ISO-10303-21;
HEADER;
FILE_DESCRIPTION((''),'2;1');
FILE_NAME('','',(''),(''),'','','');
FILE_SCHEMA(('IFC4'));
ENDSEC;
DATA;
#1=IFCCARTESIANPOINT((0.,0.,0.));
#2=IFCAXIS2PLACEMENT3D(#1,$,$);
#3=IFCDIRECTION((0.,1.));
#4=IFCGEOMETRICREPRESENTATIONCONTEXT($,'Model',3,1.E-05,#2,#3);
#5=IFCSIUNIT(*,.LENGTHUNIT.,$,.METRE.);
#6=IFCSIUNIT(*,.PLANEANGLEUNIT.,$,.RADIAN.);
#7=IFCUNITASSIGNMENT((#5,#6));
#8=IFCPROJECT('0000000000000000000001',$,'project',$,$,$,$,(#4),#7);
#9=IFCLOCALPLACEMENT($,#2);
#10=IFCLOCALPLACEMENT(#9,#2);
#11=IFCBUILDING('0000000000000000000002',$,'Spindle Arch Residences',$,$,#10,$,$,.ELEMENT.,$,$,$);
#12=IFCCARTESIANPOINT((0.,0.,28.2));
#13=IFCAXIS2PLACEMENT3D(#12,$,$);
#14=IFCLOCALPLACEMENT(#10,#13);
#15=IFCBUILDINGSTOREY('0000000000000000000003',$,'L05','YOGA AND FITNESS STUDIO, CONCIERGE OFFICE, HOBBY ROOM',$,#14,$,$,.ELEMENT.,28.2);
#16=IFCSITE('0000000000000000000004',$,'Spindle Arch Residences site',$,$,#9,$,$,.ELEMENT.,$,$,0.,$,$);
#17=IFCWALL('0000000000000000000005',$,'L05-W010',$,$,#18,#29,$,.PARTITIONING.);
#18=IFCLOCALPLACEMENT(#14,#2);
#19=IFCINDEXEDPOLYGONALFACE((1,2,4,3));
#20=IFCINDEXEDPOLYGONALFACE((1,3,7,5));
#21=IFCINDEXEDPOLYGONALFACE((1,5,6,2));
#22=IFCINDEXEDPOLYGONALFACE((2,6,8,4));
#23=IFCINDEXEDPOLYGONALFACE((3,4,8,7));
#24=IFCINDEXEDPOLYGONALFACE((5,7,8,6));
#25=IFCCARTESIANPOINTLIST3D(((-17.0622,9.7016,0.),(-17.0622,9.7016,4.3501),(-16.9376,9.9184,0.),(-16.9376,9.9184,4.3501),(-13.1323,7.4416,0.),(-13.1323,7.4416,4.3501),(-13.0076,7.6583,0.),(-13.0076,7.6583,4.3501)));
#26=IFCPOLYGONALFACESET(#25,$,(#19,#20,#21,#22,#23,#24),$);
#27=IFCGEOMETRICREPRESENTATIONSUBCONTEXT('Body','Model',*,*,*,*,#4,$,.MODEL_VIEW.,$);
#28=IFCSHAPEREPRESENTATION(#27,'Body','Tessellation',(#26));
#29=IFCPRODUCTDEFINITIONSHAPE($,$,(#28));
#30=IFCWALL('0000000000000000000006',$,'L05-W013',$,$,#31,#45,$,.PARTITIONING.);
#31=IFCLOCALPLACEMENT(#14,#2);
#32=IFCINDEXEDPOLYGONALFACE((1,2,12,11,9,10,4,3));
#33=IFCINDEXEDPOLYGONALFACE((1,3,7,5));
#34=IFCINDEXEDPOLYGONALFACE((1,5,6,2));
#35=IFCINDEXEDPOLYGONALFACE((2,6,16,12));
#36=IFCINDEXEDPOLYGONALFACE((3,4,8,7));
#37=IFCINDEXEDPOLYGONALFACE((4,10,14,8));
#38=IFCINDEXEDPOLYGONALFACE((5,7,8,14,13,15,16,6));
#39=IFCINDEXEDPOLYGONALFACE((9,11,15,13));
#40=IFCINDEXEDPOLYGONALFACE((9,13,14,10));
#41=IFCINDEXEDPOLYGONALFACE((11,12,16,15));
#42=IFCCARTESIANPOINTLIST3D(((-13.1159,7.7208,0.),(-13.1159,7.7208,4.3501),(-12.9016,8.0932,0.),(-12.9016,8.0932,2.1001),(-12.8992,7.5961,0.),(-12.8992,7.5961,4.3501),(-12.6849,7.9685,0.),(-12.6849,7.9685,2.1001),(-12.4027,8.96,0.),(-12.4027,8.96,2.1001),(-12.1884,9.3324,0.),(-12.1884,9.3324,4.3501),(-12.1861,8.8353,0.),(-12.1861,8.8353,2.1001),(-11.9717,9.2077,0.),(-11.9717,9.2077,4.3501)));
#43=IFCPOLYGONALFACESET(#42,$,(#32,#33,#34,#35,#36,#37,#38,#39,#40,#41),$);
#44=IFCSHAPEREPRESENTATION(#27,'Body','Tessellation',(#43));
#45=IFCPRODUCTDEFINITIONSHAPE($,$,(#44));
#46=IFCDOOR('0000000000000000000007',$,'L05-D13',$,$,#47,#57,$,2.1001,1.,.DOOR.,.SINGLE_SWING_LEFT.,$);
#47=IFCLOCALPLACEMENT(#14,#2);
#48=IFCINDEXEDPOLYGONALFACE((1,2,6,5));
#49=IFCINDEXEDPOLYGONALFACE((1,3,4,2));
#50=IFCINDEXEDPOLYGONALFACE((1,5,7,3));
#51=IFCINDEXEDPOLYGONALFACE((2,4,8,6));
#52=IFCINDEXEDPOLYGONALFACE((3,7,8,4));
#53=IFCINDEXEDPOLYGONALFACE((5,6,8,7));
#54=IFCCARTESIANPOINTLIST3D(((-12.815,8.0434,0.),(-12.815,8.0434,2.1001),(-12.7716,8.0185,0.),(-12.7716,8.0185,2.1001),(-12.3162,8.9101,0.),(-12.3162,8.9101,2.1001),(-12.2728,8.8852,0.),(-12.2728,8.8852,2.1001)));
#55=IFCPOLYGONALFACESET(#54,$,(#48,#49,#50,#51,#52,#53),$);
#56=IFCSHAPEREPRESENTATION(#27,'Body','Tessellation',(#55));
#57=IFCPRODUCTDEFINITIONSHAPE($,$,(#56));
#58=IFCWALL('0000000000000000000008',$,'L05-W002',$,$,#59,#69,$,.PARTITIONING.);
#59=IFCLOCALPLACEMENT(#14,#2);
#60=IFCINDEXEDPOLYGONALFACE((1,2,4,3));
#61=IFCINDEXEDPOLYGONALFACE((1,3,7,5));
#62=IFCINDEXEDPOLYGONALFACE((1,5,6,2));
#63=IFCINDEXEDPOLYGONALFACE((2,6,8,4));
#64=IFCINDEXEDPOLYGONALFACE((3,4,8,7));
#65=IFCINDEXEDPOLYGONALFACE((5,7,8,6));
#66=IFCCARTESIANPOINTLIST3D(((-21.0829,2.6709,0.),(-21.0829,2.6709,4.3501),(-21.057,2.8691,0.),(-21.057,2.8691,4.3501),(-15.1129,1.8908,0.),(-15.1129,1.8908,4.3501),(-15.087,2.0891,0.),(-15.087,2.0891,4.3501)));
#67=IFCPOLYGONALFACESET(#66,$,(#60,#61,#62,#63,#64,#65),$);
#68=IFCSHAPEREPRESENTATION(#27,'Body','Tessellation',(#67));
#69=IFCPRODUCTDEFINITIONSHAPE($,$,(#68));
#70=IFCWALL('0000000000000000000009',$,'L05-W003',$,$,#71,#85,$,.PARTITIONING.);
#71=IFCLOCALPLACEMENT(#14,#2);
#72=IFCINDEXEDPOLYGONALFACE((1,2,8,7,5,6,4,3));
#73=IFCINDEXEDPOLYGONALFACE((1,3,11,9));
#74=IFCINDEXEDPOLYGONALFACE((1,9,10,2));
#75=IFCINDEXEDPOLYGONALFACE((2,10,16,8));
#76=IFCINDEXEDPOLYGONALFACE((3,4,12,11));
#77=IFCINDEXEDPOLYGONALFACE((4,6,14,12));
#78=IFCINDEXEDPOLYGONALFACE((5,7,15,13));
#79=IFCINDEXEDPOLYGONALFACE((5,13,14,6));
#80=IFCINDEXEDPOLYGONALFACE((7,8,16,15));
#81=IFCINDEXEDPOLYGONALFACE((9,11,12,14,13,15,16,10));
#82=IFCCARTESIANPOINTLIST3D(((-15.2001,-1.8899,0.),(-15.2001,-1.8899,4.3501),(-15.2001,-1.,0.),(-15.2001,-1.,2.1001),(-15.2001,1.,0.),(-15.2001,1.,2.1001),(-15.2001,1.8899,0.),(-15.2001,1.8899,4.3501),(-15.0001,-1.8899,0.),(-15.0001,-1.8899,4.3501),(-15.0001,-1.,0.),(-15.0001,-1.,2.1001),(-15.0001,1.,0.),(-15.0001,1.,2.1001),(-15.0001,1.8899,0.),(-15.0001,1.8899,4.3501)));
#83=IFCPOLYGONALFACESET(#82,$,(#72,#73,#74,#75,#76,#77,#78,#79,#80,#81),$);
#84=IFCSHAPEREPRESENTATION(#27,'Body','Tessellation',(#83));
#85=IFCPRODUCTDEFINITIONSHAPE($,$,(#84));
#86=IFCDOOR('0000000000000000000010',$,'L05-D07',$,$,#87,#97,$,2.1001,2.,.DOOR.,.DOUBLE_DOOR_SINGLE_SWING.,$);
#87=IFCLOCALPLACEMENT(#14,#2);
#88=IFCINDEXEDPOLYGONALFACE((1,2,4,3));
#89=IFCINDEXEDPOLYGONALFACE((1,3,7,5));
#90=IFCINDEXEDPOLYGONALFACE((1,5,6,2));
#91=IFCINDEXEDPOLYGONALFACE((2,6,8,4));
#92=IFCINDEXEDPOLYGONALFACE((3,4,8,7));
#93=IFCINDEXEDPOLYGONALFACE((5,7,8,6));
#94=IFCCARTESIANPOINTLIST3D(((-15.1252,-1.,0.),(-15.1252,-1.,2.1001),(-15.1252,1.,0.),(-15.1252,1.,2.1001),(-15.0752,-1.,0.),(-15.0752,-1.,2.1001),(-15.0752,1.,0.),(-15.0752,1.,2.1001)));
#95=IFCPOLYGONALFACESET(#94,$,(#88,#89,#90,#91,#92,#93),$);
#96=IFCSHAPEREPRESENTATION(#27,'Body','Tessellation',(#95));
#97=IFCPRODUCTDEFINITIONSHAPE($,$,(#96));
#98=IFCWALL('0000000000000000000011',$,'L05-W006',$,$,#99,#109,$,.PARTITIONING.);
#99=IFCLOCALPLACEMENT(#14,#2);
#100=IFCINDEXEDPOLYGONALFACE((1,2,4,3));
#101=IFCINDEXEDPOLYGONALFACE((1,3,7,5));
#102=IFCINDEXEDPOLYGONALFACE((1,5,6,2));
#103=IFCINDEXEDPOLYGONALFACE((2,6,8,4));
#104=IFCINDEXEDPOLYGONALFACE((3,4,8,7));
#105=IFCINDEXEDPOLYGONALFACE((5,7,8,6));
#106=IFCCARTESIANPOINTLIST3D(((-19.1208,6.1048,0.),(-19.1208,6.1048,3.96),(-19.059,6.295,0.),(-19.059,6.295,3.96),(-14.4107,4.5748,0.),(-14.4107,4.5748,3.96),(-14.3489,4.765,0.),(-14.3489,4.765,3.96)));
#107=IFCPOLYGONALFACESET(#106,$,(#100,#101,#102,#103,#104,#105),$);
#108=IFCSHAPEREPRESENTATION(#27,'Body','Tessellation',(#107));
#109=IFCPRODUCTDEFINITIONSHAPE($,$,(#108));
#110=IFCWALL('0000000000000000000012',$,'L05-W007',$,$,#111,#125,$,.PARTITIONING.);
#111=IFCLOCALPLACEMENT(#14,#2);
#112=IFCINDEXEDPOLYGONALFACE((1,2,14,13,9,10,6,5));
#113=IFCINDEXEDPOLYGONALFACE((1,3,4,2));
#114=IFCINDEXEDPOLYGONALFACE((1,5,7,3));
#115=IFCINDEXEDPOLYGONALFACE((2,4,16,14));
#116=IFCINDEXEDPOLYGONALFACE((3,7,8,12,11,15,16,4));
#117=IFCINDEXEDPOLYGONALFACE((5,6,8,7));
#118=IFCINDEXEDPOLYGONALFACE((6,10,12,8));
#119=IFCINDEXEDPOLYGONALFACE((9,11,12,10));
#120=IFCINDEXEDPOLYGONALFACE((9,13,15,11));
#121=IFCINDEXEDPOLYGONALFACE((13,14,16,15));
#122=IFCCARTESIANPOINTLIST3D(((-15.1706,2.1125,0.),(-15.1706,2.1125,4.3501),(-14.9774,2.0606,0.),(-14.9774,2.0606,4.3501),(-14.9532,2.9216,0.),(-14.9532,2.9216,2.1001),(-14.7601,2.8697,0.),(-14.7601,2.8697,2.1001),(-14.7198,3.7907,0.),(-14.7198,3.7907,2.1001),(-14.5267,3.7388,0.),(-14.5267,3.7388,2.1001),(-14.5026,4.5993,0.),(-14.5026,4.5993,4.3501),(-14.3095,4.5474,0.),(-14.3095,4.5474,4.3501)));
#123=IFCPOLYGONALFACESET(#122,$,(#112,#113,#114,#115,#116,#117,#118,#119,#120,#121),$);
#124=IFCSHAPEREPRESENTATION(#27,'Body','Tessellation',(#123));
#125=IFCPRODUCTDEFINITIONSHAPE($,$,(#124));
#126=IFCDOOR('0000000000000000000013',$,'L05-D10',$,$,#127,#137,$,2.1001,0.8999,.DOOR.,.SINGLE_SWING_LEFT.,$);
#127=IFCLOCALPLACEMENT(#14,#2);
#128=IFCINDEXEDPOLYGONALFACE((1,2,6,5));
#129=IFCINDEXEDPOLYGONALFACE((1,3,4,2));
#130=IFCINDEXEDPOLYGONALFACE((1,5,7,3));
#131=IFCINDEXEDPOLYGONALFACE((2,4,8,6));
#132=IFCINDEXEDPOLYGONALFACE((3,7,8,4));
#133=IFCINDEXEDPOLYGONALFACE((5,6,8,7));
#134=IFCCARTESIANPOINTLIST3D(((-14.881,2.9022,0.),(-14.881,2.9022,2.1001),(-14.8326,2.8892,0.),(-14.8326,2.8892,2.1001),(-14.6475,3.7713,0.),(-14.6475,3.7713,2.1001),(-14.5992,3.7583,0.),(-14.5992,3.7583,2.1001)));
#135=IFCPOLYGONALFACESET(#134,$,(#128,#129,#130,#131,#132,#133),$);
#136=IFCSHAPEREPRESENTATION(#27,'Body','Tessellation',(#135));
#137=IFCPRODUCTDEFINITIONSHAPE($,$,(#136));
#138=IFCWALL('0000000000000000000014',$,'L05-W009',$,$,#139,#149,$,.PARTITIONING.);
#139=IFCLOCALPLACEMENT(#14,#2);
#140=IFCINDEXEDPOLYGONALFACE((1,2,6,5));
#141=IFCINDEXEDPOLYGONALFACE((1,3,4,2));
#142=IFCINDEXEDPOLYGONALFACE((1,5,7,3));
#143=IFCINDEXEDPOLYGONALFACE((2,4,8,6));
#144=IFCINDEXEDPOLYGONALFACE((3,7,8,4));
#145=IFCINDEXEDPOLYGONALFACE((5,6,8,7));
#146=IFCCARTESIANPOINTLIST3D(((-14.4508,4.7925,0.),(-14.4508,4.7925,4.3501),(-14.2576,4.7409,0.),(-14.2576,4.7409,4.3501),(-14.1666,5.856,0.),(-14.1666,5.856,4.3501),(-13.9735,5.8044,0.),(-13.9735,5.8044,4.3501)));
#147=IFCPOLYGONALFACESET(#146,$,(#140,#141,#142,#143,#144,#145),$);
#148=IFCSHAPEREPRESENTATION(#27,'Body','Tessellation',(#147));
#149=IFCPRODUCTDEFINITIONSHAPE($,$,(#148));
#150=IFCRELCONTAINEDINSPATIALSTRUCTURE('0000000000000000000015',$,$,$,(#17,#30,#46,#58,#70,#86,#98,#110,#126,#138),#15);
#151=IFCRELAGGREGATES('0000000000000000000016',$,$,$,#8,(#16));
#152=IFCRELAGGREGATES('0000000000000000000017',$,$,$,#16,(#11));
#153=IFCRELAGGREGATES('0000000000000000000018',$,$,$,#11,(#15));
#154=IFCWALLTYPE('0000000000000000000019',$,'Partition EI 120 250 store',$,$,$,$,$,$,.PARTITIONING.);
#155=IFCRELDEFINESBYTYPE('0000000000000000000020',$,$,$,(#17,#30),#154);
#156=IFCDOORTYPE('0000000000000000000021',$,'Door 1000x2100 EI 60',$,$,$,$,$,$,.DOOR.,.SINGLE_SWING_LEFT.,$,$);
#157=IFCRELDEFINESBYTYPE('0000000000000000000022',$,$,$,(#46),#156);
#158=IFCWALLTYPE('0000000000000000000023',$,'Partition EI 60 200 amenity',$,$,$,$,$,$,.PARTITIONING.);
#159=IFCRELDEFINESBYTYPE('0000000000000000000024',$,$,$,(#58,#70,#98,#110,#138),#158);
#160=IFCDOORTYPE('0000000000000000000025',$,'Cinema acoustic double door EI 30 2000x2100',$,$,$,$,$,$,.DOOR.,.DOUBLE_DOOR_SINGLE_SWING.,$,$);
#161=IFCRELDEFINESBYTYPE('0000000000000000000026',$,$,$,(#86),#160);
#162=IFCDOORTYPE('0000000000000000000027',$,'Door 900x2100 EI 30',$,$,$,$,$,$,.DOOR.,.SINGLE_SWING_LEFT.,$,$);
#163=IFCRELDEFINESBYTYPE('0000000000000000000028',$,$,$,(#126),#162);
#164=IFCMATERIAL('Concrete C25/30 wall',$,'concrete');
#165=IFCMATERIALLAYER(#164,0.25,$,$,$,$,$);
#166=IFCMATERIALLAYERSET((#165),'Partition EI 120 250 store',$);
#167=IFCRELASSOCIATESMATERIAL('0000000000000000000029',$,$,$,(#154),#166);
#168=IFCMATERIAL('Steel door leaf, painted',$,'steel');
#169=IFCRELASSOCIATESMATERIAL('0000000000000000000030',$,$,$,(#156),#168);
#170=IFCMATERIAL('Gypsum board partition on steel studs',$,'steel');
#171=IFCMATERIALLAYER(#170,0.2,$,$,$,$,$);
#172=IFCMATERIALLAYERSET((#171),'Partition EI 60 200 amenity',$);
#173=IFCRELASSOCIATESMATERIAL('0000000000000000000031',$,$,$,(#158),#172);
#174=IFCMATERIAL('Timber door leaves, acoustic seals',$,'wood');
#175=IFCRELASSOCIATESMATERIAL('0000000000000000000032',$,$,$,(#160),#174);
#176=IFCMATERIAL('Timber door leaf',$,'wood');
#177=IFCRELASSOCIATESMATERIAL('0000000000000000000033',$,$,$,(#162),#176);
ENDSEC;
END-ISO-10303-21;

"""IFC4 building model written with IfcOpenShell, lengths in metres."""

from ifc_helpers import new_model, si_unit, direction, frame, frame_2d, origin, place, context, subcontext, project, spatial, rectangle, extrude, material, layer, layer_set, type_object, element, fill, save


model = new_model("IFC4")

# Units and contexts
model_context = context("Model", 3, precision=1e-05, world=origin(), true_north=direction((0.0, 1.0)))
body_context = subcontext(model_context, "Body", "Model", "MODEL_VIEW")
ifc_project = project(units=[si_unit("LENGTHUNIT", "METRE"), si_unit("PLANEANGLEUNIT", "RADIAN")], contexts=[model_context])

# Site, building, storey
site_placement = place(None, origin())
site = spatial("IfcSite", under=ifc_project, at=site_placement, Name="Spindle Arch Residences site", CompositionType="ELEMENT", RefElevation=0.0)
building_placement = place(site_placement, origin())
building = spatial("IfcBuilding", under=site, at=building_placement, Name="Spindle Arch Residences", CompositionType="ELEMENT")
storey_placement = place(building_placement, frame((0.0, 0.0, 28.2)))
storey = spatial("IfcBuildingStorey", under=building, at=storey_placement, Name="L05", Description="YOGA AND FITNESS STUDIO, CONCIERGE OFFICE, HOBBY ROOM", CompositionType="ELEMENT", Elevation=28.2)

# Wall
ifc_material_1 = material(Name="Concrete C25/30 wall", Category="concrete")
ifc_layer_1 = layer(ifc_material_1, 0.25)
ifc_layer_set_1 = layer_set([ifc_layer_1], Name="Partition EI 120 250 store")
wall_type_1 = type_object("IfcWallType", Name="Partition EI 120 250 store", PredefinedType="PARTITIONING", material=ifc_layer_set_1)
wall_1_placement = place(storey_placement, frame((-13.0701, 7.55, 0.0), z_axis=(0.0, 0.0, 1.0), x_axis=(-0.866878, 0.498521, 0.0)))
element("IfcWall", 1, at=wall_1_placement, inside=storey, type_object=wall_type_1, Name="L05-W010", PredefinedType="PARTITIONING", context=body_context, shape_type="SweptSolid", body=[
    extrude(rectangle(XDim=4.5334, YDim=0.25, at=frame_2d((2.2666, 0.0))), origin(), (0.0, 0.0, 1.0), 4.3501),
])

# Wall, opening, door
wall_2_placement = place(storey_placement, frame((-12.0801, 9.27, 0.0), z_axis=(0.0, 0.0, 1.0), x_axis=(-0.498809, -0.866712, 0.0)))
wall_2 = element("IfcWall", 2, at=wall_2_placement, inside=storey, type_object=wall_type_1, Name="L05-W013", PredefinedType="PARTITIONING", context=body_context, shape_type="SweptSolid", body=[
    extrude(rectangle(XDim=1.8594, YDim=0.25, at=frame_2d((0.9297, 0.0))), origin(), (0.0, 0.0, 1.0), 4.3501),
])
opening_1_placement = place(wall_2_placement, frame((0.4297, 0.0, 0.0)))
opening_1 = element("IfcOpeningElement", 3, at=opening_1_placement, cuts=wall_2, PredefinedType="OPENING", context=body_context, shape_type="SweptSolid", body=[
    extrude(rectangle(XDim=1.0, YDim=2.1001, at=frame_2d((0.5, 1.05))), frame((0.0, 0.135, 0.0), z_axis=(0.0, -1.0, 0.0), x_axis=(1.0, 0.0, 0.0)), (0.0, 0.0, 1.0), 0.27),
])
ifc_material_2 = material(Name="Steel door leaf, painted", Category="steel")
door_type_1 = type_object("IfcDoorType", Name="Door 1000x2100 EI 60", OperationType="SINGLE_SWING_LEFT", PredefinedType="DOOR", material=ifc_material_2)
door_1_placement = place(opening_1_placement, origin())
door_1 = element("IfcDoor", 4, at=door_1_placement, inside=storey, type_object=door_type_1, Name="L05-D13", OperationType="SINGLE_SWING_LEFT", OverallHeight=2.1001, OverallWidth=1.0, PredefinedType="DOOR", context=body_context, shape_type="SweptSolid", body=[
    extrude(rectangle(XDim=1.0, YDim=2.1001, at=frame_2d((0.5, 1.05))), frame((0.0, 0.0249, 0.0), z_axis=(0.0, -1.0, 0.0), x_axis=(1.0, 0.0, 0.0)), (0.0, 0.0, 1.0), 0.05),
])
fill(opening_1, door_1)

# Wall
ifc_material_3 = material(Name="Gypsum board partition on steel studs", Category="steel")
ifc_layer_2 = layer(ifc_material_3, 0.2)
ifc_layer_set_2 = layer_set([ifc_layer_2], Name="Partition EI 60 200 amenity")
wall_type_2 = type_object("IfcWallType", Name="Partition EI 60 200 amenity", PredefinedType="PARTITIONING", material=ifc_layer_set_2)
wall_3_placement = place(storey_placement, frame((-15.1001, 1.99, 0.0), z_axis=(0.0, 0.0, 1.0), x_axis=(-0.991572, 0.129558, 0.0)))
element("IfcWall", 5, at=wall_3_placement, inside=storey, type_object=wall_type_2, Name="L05-W002", PredefinedType="PARTITIONING", context=body_context, shape_type="SweptSolid", body=[
    extrude(rectangle(XDim=6.0208, YDim=0.2, at=frame_2d((3.0103, 0.0))), origin(), (0.0, 0.0, 1.0), 4.3501),
])

# Wall, opening, door
wall_4_placement = place(storey_placement, frame((-15.1001, 1.8899, 0.0), z_axis=(0.0, 0.0, 1.0), x_axis=(0.0, -1.0, 0.0)))
wall_4 = element("IfcWall", 6, at=wall_4_placement, inside=storey, type_object=wall_type_2, Name="L05-W003", PredefinedType="PARTITIONING", context=body_context, shape_type="SweptSolid", body=[
    extrude(rectangle(XDim=3.7798, YDim=0.2, at=frame_2d((1.8899, 0.0))), origin(), (0.0, 0.0, 1.0), 4.3501),
])
opening_2_placement = place(wall_4_placement, frame((0.8899, 0.0, 0.0)))
opening_2 = element("IfcOpeningElement", 7, at=opening_2_placement, cuts=wall_4, PredefinedType="OPENING", context=body_context, shape_type="SweptSolid", body=[
    extrude(rectangle(XDim=2.0, YDim=2.1001, at=frame_2d((1.0, 1.05))), frame((0.0, 0.1099, 0.0), z_axis=(0.0, -1.0, 0.0), x_axis=(1.0, 0.0, 0.0)), (0.0, 0.0, 1.0), 0.22),
])
ifc_material_4 = material(Name="Timber door leaves, acoustic seals", Category="wood")
door_type_2 = type_object("IfcDoorType", Name="Cinema acoustic double door EI 30 2000x2100", OperationType="DOUBLE_DOOR_SINGLE_SWING", PredefinedType="DOOR", material=ifc_material_4)
door_2_placement = place(opening_2_placement, origin())
door_2 = element("IfcDoor", 8, at=door_2_placement, inside=storey, type_object=door_type_2, Name="L05-D07", OperationType="DOUBLE_DOOR_SINGLE_SWING", OverallHeight=2.1001, OverallWidth=2.0, PredefinedType="DOOR", context=body_context, shape_type="SweptSolid", body=[
    extrude(rectangle(XDim=2.0, YDim=2.1001, at=frame_2d((1.0, 1.05))), frame((0.0, 0.0249, 0.0), z_axis=(0.0, -1.0, 0.0), x_axis=(1.0, 0.0, 0.0)), (0.0, 0.0, 1.0), 0.05),
])
fill(opening_2, door_2)

# Wall
wall_5_placement = place(storey_placement, frame((-14.3799, 4.6699, 0.0), z_axis=(0.0, 0.0, 1.0), x_axis=(-0.951081, 0.308942, 0.0)))
element("IfcWall", 9, at=wall_5_placement, inside=storey, type_object=wall_type_2, Name="L05-W006", PredefinedType="PARTITIONING", context=body_context, shape_type="SweptSolid", body=[
    extrude(rectangle(XDim=4.9524, YDim=0.2, at=frame_2d((2.4761, 0.0))), origin(), (0.0, 0.0, 1.0), 3.96),
])

# Wall, opening, door
wall_6_placement = place(storey_placement, frame((-14.406, 4.5735, 0.0), z_axis=(0.0, 0.0, 1.0), x_axis=(-0.259409, -0.965768, 0.0)))
wall_6 = element("IfcWall", 10, at=wall_6_placement, inside=storey, type_object=wall_type_2, Name="L05-W007", PredefinedType="PARTITIONING", context=body_context, shape_type="SweptSolid", body=[
    extrude(rectangle(XDim=2.575, YDim=0.2, at=frame_2d((1.2876, 0.0))), origin(), (0.0, 0.0, 1.0), 4.3501),
])
opening_3_placement = place(wall_6_placement, frame((0.8374, 0.0, 0.0)))
opening_3 = element("IfcOpeningElement", 11, at=opening_3_placement, cuts=wall_6, PredefinedType="OPENING", context=body_context, shape_type="SweptSolid", body=[
    extrude(rectangle(XDim=0.8999, YDim=2.1001, at=frame_2d((0.45, 1.05))), frame((0.0, 0.1099, 0.0), z_axis=(0.0, -1.0, 0.0), x_axis=(1.0, 0.0, 0.0)), (0.0, 0.0, 1.0), 0.22),
])
ifc_material_5 = material(Name="Timber door leaf", Category="wood")
door_type_3 = type_object("IfcDoorType", Name="Door 900x2100 EI 30", OperationType="SINGLE_SWING_LEFT", PredefinedType="DOOR", material=ifc_material_5)
door_3_placement = place(opening_3_placement, origin())
door_3 = element("IfcDoor", 12, at=door_3_placement, inside=storey, type_object=door_type_3, Name="L05-D10", OperationType="SINGLE_SWING_LEFT", OverallHeight=2.1001, OverallWidth=0.8999, PredefinedType="DOOR", context=body_context, shape_type="SweptSolid", body=[
    extrude(rectangle(XDim=0.8999, YDim=2.1001, at=frame_2d((0.45, 1.05))), frame((0.0, 0.0249, 0.0), z_axis=(0.0, -1.0, 0.0), x_axis=(1.0, 0.0, 0.0)), (0.0, 0.0, 1.0), 0.05),
])
fill(opening_3, door_3)

# Wall
wall_7_placement = place(storey_placement, frame((-14.0701, 5.8301, 0.0), z_axis=(0.0, 0.0, 1.0), x_axis=(-0.25816, -0.966102, 0.0)))
element("IfcWall", 13, at=wall_7_placement, inside=storey, type_object=wall_type_2, Name="L05-W009", PredefinedType="PARTITIONING", context=body_context, shape_type="SweptSolid", body=[
    extrude(rectangle(XDim=1.1008, YDim=0.2, at=frame_2d((0.5503, 0.0))), origin(), (0.0, 0.0, 1.0), 4.3501),
])

save(model, "model.ifc")
